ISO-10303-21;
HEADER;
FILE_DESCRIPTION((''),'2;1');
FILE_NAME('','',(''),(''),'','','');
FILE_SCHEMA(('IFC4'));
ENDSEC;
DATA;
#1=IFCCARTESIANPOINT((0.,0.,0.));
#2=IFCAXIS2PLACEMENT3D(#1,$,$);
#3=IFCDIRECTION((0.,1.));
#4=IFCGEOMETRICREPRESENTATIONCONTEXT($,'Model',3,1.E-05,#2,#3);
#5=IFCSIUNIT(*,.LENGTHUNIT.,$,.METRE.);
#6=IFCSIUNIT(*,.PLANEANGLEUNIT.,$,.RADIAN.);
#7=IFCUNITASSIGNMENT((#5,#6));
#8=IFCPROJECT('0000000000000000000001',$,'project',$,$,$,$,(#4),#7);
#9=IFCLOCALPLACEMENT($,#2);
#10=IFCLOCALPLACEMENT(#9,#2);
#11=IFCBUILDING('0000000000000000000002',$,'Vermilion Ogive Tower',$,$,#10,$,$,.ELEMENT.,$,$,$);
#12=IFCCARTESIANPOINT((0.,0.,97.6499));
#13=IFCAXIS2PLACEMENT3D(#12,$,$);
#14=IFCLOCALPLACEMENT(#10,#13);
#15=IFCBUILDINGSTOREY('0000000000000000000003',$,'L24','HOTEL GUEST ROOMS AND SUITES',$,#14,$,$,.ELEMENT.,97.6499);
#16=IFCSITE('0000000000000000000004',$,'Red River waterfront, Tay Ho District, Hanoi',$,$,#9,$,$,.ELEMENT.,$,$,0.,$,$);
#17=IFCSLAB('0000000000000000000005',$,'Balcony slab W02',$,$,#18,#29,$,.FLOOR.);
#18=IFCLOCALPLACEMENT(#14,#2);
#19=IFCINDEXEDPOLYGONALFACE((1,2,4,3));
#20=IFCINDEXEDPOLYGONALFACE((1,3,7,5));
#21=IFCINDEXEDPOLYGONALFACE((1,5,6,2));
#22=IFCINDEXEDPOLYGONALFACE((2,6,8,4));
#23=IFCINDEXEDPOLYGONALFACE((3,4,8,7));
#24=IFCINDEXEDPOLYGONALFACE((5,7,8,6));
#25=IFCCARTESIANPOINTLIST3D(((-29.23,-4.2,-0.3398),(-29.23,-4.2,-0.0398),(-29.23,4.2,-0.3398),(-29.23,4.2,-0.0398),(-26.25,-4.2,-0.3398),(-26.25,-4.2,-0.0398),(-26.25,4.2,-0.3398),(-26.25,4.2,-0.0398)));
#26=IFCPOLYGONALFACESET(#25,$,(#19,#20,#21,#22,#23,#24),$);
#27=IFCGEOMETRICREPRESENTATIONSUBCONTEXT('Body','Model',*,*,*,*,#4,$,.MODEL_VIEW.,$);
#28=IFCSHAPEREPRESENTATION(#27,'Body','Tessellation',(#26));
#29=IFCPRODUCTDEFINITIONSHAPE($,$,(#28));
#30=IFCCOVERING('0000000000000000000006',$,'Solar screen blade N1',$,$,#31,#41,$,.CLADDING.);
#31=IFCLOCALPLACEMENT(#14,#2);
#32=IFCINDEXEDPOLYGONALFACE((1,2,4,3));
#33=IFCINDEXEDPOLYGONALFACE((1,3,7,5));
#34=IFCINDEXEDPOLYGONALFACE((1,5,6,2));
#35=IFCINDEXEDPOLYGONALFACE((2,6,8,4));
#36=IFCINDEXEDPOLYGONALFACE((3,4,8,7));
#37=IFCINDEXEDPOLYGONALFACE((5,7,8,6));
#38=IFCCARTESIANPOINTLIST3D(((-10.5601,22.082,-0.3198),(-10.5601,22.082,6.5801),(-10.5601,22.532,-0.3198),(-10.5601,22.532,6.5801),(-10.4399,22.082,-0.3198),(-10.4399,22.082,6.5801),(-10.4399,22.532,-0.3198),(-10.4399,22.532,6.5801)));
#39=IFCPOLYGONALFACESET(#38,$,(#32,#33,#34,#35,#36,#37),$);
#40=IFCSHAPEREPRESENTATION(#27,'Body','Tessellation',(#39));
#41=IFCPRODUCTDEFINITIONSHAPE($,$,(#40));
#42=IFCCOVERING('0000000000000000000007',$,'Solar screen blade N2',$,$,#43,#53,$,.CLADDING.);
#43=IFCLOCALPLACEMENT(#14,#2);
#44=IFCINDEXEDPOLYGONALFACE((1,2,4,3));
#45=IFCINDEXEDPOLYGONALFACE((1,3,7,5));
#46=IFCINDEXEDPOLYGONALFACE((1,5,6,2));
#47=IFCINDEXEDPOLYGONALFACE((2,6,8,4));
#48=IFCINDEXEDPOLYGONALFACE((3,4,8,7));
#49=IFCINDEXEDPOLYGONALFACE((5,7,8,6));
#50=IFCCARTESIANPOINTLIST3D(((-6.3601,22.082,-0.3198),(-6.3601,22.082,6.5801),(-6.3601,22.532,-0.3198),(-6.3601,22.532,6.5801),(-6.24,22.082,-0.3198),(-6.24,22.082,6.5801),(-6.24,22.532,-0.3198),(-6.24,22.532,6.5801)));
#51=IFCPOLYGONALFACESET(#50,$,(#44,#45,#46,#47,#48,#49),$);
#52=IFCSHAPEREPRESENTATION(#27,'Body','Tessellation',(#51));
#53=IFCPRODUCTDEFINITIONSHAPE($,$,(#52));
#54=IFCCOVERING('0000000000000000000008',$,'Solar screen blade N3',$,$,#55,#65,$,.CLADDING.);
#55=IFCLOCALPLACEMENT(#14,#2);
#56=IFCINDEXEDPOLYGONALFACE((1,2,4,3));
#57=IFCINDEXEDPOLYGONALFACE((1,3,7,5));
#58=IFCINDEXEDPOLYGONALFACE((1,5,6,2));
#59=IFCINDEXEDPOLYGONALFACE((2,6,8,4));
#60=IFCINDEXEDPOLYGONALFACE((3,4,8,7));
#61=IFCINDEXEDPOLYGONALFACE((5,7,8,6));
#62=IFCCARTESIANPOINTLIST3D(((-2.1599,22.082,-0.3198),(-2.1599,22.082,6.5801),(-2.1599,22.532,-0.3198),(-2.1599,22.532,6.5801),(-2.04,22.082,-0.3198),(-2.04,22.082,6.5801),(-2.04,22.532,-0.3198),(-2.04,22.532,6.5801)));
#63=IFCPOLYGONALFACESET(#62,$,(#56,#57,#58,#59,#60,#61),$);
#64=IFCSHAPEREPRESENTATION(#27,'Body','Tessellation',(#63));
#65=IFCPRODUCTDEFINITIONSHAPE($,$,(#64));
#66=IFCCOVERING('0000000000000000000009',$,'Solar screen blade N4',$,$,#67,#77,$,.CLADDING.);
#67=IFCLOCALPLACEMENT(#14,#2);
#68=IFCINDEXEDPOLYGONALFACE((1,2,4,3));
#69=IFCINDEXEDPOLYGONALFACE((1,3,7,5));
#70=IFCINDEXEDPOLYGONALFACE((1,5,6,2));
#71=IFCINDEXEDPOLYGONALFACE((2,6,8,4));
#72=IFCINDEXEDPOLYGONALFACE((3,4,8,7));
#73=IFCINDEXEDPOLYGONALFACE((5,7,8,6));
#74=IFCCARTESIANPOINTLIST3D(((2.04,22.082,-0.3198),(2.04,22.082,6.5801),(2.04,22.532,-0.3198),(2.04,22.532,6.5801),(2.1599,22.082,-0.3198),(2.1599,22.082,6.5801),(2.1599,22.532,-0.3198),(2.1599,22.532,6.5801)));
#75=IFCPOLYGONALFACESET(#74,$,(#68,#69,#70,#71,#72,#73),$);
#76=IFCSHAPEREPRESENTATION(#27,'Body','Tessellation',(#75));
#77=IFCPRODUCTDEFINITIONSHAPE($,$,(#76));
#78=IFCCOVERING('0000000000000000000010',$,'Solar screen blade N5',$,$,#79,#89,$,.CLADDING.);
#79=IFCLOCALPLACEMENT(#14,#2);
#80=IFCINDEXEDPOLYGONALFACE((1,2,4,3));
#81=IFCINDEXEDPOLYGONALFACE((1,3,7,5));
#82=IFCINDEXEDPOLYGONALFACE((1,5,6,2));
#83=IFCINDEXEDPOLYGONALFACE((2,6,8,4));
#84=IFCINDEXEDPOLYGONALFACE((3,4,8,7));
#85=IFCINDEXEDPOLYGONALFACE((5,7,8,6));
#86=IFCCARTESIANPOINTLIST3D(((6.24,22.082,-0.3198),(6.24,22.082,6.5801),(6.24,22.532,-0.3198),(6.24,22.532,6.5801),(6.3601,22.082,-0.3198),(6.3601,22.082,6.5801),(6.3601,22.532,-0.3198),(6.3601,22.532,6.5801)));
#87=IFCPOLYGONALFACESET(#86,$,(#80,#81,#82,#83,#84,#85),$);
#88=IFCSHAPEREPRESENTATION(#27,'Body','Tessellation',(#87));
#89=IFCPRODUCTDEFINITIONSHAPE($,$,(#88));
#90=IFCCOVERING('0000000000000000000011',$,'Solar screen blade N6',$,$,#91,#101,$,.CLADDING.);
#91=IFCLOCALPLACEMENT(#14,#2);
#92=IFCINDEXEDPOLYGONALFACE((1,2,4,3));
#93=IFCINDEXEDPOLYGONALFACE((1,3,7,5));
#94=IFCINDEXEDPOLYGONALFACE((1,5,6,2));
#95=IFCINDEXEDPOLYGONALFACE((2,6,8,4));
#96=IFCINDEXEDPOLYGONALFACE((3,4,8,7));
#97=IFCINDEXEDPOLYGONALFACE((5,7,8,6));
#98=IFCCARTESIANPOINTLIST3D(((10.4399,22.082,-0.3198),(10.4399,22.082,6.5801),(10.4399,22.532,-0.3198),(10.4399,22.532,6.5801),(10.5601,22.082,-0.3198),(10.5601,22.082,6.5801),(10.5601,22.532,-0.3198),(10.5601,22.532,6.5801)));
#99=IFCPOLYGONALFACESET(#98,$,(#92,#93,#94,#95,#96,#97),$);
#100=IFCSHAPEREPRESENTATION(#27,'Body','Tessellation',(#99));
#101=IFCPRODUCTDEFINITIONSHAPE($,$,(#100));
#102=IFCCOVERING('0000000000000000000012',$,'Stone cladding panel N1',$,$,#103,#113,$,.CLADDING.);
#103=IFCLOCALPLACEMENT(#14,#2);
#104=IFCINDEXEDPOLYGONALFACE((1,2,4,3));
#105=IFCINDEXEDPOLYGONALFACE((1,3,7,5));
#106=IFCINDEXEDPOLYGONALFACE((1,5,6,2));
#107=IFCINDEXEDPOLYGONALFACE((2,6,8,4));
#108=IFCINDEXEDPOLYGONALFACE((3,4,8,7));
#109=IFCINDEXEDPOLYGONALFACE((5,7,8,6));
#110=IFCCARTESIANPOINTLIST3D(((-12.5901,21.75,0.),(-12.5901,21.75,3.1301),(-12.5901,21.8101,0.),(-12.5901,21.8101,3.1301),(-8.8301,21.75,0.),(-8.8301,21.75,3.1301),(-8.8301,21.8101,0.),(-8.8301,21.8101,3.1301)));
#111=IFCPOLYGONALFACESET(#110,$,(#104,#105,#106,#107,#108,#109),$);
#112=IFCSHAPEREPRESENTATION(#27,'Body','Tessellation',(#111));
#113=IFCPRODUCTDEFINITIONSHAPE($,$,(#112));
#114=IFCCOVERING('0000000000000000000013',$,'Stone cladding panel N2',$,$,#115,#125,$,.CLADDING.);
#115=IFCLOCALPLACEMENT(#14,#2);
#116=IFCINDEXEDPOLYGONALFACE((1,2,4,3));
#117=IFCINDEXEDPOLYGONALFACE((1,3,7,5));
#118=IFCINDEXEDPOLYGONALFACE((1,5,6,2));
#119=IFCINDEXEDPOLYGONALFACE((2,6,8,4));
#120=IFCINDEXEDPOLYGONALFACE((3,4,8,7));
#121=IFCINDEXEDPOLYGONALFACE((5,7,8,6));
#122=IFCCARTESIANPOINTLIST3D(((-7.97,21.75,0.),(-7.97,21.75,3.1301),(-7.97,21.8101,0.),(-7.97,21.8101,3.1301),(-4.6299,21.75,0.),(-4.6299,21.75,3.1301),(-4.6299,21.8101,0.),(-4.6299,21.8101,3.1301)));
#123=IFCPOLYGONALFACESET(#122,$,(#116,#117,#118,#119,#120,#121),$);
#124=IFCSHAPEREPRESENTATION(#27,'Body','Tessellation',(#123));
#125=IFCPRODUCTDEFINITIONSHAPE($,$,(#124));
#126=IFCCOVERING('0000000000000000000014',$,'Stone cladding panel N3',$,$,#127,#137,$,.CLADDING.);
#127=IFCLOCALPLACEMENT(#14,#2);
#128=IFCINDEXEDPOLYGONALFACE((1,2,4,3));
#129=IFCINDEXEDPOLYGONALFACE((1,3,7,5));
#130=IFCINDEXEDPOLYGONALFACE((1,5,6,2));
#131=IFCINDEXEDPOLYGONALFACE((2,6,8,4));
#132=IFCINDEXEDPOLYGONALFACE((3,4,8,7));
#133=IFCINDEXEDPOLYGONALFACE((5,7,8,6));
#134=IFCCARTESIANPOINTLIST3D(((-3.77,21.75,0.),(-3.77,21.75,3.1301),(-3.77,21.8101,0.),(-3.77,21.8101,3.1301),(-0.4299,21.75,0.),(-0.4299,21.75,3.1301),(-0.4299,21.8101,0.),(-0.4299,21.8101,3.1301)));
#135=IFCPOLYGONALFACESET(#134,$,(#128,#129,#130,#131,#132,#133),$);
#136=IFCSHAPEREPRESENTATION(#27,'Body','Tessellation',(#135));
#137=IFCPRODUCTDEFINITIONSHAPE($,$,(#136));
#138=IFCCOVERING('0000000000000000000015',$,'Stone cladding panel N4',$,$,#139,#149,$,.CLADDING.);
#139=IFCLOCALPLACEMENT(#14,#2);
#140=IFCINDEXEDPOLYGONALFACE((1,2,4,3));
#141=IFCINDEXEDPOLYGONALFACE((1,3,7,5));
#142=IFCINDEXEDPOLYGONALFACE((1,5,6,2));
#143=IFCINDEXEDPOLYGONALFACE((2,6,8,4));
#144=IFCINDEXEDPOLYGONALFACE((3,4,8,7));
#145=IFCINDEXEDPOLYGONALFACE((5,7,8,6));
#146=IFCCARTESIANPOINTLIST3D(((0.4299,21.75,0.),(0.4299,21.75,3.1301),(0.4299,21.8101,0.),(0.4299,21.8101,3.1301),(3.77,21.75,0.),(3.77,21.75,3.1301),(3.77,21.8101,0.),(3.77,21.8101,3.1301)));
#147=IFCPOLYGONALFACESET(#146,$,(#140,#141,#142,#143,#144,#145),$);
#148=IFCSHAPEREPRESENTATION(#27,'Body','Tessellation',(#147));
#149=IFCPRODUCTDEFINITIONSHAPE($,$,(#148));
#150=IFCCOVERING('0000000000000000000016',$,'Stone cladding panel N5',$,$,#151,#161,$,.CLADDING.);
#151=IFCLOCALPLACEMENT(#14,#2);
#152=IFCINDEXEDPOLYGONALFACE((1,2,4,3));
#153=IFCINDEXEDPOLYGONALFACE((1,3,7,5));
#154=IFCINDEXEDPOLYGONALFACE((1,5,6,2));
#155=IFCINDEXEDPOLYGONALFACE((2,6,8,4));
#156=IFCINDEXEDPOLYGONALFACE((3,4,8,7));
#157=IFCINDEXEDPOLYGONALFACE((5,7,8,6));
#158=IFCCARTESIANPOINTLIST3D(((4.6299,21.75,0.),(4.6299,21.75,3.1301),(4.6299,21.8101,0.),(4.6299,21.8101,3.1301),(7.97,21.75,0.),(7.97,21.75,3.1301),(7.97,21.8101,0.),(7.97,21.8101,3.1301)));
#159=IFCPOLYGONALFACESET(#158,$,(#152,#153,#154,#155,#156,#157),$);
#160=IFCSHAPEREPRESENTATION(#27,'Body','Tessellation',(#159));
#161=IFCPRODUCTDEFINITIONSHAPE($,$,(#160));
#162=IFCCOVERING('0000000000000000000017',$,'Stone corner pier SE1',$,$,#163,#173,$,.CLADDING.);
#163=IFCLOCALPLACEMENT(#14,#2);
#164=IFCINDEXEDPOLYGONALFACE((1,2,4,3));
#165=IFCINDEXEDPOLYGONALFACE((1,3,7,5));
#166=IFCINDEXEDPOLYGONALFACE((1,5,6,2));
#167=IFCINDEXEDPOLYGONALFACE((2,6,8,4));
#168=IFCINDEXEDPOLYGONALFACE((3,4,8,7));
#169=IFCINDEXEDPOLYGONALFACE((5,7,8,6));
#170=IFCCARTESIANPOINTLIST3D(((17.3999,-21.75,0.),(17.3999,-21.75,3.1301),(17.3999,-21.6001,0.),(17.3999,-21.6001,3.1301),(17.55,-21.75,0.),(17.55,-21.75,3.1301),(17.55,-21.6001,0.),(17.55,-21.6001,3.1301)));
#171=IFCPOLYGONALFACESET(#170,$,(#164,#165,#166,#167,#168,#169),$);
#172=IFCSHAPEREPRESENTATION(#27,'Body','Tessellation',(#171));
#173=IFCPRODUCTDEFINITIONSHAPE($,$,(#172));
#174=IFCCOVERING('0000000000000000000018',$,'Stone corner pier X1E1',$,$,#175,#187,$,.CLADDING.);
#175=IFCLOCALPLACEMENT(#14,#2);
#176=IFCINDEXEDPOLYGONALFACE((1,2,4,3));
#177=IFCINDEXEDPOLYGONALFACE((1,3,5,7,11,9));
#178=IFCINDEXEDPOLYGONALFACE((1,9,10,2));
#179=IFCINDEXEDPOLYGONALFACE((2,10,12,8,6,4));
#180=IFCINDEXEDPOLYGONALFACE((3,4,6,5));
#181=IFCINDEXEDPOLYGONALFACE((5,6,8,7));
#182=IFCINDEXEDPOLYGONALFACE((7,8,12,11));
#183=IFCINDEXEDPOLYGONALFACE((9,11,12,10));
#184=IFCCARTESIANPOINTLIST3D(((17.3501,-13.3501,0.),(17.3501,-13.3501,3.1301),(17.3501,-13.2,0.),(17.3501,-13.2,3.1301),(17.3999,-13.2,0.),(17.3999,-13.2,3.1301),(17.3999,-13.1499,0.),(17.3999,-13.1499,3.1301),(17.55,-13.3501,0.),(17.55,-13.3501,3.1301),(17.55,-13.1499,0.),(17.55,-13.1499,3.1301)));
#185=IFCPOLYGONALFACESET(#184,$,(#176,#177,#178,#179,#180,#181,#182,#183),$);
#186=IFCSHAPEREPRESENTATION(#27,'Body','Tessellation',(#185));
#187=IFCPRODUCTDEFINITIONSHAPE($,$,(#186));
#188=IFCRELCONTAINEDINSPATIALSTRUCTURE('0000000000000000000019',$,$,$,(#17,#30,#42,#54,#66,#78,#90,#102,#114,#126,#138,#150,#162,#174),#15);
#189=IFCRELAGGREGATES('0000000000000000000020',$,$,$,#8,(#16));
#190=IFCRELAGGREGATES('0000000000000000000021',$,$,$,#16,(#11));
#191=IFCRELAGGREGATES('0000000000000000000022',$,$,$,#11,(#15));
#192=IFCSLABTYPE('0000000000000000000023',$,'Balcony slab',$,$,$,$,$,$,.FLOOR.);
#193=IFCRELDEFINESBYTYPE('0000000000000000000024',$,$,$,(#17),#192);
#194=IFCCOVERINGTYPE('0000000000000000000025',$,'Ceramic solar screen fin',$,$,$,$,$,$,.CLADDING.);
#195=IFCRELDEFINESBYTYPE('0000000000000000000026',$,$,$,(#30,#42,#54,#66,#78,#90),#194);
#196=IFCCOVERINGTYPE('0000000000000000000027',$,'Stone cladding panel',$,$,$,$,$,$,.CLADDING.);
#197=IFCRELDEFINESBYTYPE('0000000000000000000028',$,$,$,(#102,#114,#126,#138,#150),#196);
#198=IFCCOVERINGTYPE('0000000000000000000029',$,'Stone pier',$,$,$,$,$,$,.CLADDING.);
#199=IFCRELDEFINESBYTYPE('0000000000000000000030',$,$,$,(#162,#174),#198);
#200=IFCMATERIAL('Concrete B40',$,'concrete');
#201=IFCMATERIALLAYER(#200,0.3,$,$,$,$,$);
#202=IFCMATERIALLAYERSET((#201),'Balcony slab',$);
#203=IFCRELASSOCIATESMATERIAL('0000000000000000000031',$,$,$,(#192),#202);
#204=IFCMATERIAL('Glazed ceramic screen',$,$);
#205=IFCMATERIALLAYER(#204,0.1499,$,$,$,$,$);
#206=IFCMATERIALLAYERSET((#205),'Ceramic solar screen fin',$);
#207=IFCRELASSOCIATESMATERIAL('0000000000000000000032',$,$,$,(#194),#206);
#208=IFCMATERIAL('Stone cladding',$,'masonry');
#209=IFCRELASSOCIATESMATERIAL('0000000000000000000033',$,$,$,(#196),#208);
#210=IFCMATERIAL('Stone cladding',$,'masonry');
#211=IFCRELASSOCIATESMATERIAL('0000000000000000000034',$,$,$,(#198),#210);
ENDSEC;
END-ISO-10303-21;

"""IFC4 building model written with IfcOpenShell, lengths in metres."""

from ifc_helpers import new_model, si_unit, direction, frame, origin, place, context, subcontext, project, spatial, polyline, outline, extrude, material, layer, layer_set, type_object, element, save


model = new_model("IFC4")

# Units and contexts
model_context = context("Model", 3, precision=1e-05, world=origin(), true_north=direction((0.0, 1.0)))
body_context = subcontext(model_context, "Body", "Model", "MODEL_VIEW")
ifc_project = project(units=[si_unit("LENGTHUNIT", "METRE"), si_unit("PLANEANGLEUNIT", "RADIAN")], contexts=[model_context])

# Site, building, storey
site_placement = place(None, origin())
site = spatial("IfcSite", under=ifc_project, at=site_placement, Name="Red River waterfront, Tay Ho District, Hanoi", CompositionType="ELEMENT", RefElevation=0.0)
building_placement = place(site_placement, origin())
building = spatial("IfcBuilding", under=site, at=building_placement, Name="Vermilion Ogive Tower", CompositionType="ELEMENT")
storey_placement = place(building_placement, frame((0.0, 0.0, 97.6499)))
storey = spatial("IfcBuildingStorey", under=building, at=storey_placement, Name="L24", Description="HOTEL GUEST ROOMS AND SUITES", CompositionType="ELEMENT", Elevation=97.6499)

# Slab
ifc_material_1 = material(Name="Concrete B40", Category="concrete")
ifc_layer_1 = layer(ifc_material_1, 0.3)
ifc_layer_set_1 = layer_set([ifc_layer_1], Name="Balcony slab")
slab_type = type_object("IfcSlabType", Name="Balcony slab", PredefinedType="FLOOR", material=ifc_layer_set_1)
slab_placement = place(storey_placement, frame((0.0, 0.0, -0.3398)))
element("IfcSlab", 1, at=slab_placement, inside=storey, type_object=slab_type, Name="Balcony slab W02", PredefinedType="FLOOR", context=body_context, shape_type="SweptSolid", body=[
    extrude(outline(polyline([(-29.23, 4.2), (-29.23, -4.2), (-26.25, -4.2), (-26.25, 4.2), (-29.23, 4.2)])), origin(), (0.0, 0.0, 1.0), 0.3),
])

# Coverings
ifc_material_2 = material(Name="Glazed ceramic screen")
ifc_layer_2 = layer(ifc_material_2, 0.1499)
ifc_layer_set_2 = layer_set([ifc_layer_2], Name="Ceramic solar screen fin")
covering_type_1 = type_object("IfcCoveringType", Name="Ceramic solar screen fin", PredefinedType="CLADDING", material=ifc_layer_set_2)
covering_1_placement = place(storey_placement, frame((0.0, 0.0, -0.3198)))
element("IfcCovering", 2, at=covering_1_placement, inside=storey, type_object=covering_type_1, Name="Solar screen blade N1", PredefinedType="CLADDING", context=body_context, shape_type="SweptSolid", body=[
    extrude(outline(polyline([(-10.5601, 22.082), (-10.4399, 22.082), (-10.4399, 22.532), (-10.5601, 22.532), (-10.5601, 22.082)])), origin(), (0.0, 0.0, 1.0), 6.8999),
])
covering_2_placement = place(storey_placement, frame((0.0, 0.0, -0.3198)))
element("IfcCovering", 3, at=covering_2_placement, inside=storey, type_object=covering_type_1, Name="Solar screen blade N2", PredefinedType="CLADDING", context=body_context, shape_type="SweptSolid", body=[
    extrude(outline(polyline([(-6.3601, 22.082), (-6.24, 22.082), (-6.24, 22.532), (-6.3601, 22.532), (-6.3601, 22.082)])), origin(), (0.0, 0.0, 1.0), 6.8999),
])
covering_3_placement = place(storey_placement, frame((0.0, 0.0, -0.3198)))
element("IfcCovering", 4, at=covering_3_placement, inside=storey, type_object=covering_type_1, Name="Solar screen blade N3", PredefinedType="CLADDING", context=body_context, shape_type="SweptSolid", body=[
    extrude(outline(polyline([(-2.1599, 22.082), (-2.04, 22.082), (-2.04, 22.532), (-2.1599, 22.532), (-2.1599, 22.082)])), origin(), (0.0, 0.0, 1.0), 6.8999),
])
covering_4_placement = place(storey_placement, frame((0.0, 0.0, -0.3198)))
element("IfcCovering", 5, at=covering_4_placement, inside=storey, type_object=covering_type_1, Name="Solar screen blade N4", PredefinedType="CLADDING", context=body_context, shape_type="SweptSolid", body=[
    extrude(outline(polyline([(2.04, 22.082), (2.1599, 22.082), (2.1599, 22.532), (2.04, 22.532), (2.04, 22.082)])), origin(), (0.0, 0.0, 1.0), 6.8999),
])
covering_5_placement = place(storey_placement, frame((0.0, 0.0, -0.3198)))
element("IfcCovering", 6, at=covering_5_placement, inside=storey, type_object=covering_type_1, Name="Solar screen blade N5", PredefinedType="CLADDING", context=body_context, shape_type="SweptSolid", body=[
    extrude(outline(polyline([(6.24, 22.082), (6.3601, 22.082), (6.3601, 22.532), (6.24, 22.532), (6.24, 22.082)])), origin(), (0.0, 0.0, 1.0), 6.8999),
])
covering_6_placement = place(storey_placement, frame((0.0, 0.0, -0.3198)))
element("IfcCovering", 7, at=covering_6_placement, inside=storey, type_object=covering_type_1, Name="Solar screen blade N6", PredefinedType="CLADDING", context=body_context, shape_type="SweptSolid", body=[
    extrude(outline(polyline([(10.4399, 22.082), (10.5601, 22.082), (10.5601, 22.532), (10.4399, 22.532), (10.4399, 22.082)])), origin(), (0.0, 0.0, 1.0), 6.8999),
])
ifc_material_3 = material(Name="Stone cladding", Category="masonry")
covering_type_2 = type_object("IfcCoveringType", Name="Stone cladding panel", PredefinedType="CLADDING", material=ifc_material_3)
covering_7_placement = place(storey_placement, origin())
element("IfcCovering", 8, at=covering_7_placement, inside=storey, type_object=covering_type_2, Name="Stone cladding panel N1", PredefinedType="CLADDING", context=body_context, shape_type="SweptSolid", body=[
    extrude(outline(polyline([(-12.5901, 21.75), (-8.8301, 21.75), (-8.8301, 21.8101), (-12.5901, 21.8101), (-12.5901, 21.75)])), origin(), (0.0, 0.0, 1.0), 3.1301),
])
covering_8_placement = place(storey_placement, origin())
element("IfcCovering", 9, at=covering_8_placement, inside=storey, type_object=covering_type_2, Name="Stone cladding panel N2", PredefinedType="CLADDING", context=body_context, shape_type="SweptSolid", body=[
    extrude(outline(polyline([(-7.97, 21.75), (-4.6299, 21.75), (-4.6299, 21.8101), (-7.97, 21.8101), (-7.97, 21.75)])), origin(), (0.0, 0.0, 1.0), 3.1301),
])
covering_9_placement = place(storey_placement, origin())
element("IfcCovering", 10, at=covering_9_placement, inside=storey, type_object=covering_type_2, Name="Stone cladding panel N3", PredefinedType="CLADDING", context=body_context, shape_type="SweptSolid", body=[
    extrude(outline(polyline([(-3.77, 21.75), (-0.4299, 21.75), (-0.4299, 21.8101), (-3.77, 21.8101), (-3.77, 21.75)])), origin(), (0.0, 0.0, 1.0), 3.1301),
])
covering_10_placement = place(storey_placement, origin())
element("IfcCovering", 11, at=covering_10_placement, inside=storey, type_object=covering_type_2, Name="Stone cladding panel N4", PredefinedType="CLADDING", context=body_context, shape_type="SweptSolid", body=[
    extrude(outline(polyline([(0.4299, 21.75), (3.77, 21.75), (3.77, 21.8101), (0.4299, 21.8101), (0.4299, 21.75)])), origin(), (0.0, 0.0, 1.0), 3.1301),
])
covering_11_placement = place(storey_placement, origin())
element("IfcCovering", 12, at=covering_11_placement, inside=storey, type_object=covering_type_2, Name="Stone cladding panel N5", PredefinedType="CLADDING", context=body_context, shape_type="SweptSolid", body=[
    extrude(outline(polyline([(4.6299, 21.75), (7.97, 21.75), (7.97, 21.8101), (4.6299, 21.8101), (4.6299, 21.75)])), origin(), (0.0, 0.0, 1.0), 3.1301),
])
ifc_material_4 = material(Name="Stone cladding", Category="masonry")
covering_type_3 = type_object("IfcCoveringType", Name="Stone pier", PredefinedType="CLADDING", material=ifc_material_4)
covering_12_placement = place(storey_placement, origin())
element("IfcCovering", 13, at=covering_12_placement, inside=storey, type_object=covering_type_3, Name="Stone corner pier SE1", PredefinedType="CLADDING", context=body_context, shape_type="SweptSolid", body=[
    extrude(outline(polyline([(17.3999, -21.75), (17.3999, -21.6001), (17.3999, -21.6001), (17.55, -21.6001), (17.55, -21.75), (17.3999, -21.75)])), origin(), (0.0, 0.0, 1.0), 3.1301),
])
covering_13_placement = place(storey_placement, origin())
element("IfcCovering", 14, at=covering_13_placement, inside=storey, type_object=covering_type_3, Name="Stone corner pier X1E1", PredefinedType="CLADDING", context=body_context, shape_type="SweptSolid", body=[
    extrude(outline(polyline([(17.3501, -13.2), (17.3999, -13.2), (17.3999, -13.1499), (17.55, -13.1499), (17.55, -13.3501), (17.3501, -13.3501), (17.3501, -13.2)])), origin(), (0.0, 0.0, 1.0), 3.1301),
])

save(model, "model.ifc")
